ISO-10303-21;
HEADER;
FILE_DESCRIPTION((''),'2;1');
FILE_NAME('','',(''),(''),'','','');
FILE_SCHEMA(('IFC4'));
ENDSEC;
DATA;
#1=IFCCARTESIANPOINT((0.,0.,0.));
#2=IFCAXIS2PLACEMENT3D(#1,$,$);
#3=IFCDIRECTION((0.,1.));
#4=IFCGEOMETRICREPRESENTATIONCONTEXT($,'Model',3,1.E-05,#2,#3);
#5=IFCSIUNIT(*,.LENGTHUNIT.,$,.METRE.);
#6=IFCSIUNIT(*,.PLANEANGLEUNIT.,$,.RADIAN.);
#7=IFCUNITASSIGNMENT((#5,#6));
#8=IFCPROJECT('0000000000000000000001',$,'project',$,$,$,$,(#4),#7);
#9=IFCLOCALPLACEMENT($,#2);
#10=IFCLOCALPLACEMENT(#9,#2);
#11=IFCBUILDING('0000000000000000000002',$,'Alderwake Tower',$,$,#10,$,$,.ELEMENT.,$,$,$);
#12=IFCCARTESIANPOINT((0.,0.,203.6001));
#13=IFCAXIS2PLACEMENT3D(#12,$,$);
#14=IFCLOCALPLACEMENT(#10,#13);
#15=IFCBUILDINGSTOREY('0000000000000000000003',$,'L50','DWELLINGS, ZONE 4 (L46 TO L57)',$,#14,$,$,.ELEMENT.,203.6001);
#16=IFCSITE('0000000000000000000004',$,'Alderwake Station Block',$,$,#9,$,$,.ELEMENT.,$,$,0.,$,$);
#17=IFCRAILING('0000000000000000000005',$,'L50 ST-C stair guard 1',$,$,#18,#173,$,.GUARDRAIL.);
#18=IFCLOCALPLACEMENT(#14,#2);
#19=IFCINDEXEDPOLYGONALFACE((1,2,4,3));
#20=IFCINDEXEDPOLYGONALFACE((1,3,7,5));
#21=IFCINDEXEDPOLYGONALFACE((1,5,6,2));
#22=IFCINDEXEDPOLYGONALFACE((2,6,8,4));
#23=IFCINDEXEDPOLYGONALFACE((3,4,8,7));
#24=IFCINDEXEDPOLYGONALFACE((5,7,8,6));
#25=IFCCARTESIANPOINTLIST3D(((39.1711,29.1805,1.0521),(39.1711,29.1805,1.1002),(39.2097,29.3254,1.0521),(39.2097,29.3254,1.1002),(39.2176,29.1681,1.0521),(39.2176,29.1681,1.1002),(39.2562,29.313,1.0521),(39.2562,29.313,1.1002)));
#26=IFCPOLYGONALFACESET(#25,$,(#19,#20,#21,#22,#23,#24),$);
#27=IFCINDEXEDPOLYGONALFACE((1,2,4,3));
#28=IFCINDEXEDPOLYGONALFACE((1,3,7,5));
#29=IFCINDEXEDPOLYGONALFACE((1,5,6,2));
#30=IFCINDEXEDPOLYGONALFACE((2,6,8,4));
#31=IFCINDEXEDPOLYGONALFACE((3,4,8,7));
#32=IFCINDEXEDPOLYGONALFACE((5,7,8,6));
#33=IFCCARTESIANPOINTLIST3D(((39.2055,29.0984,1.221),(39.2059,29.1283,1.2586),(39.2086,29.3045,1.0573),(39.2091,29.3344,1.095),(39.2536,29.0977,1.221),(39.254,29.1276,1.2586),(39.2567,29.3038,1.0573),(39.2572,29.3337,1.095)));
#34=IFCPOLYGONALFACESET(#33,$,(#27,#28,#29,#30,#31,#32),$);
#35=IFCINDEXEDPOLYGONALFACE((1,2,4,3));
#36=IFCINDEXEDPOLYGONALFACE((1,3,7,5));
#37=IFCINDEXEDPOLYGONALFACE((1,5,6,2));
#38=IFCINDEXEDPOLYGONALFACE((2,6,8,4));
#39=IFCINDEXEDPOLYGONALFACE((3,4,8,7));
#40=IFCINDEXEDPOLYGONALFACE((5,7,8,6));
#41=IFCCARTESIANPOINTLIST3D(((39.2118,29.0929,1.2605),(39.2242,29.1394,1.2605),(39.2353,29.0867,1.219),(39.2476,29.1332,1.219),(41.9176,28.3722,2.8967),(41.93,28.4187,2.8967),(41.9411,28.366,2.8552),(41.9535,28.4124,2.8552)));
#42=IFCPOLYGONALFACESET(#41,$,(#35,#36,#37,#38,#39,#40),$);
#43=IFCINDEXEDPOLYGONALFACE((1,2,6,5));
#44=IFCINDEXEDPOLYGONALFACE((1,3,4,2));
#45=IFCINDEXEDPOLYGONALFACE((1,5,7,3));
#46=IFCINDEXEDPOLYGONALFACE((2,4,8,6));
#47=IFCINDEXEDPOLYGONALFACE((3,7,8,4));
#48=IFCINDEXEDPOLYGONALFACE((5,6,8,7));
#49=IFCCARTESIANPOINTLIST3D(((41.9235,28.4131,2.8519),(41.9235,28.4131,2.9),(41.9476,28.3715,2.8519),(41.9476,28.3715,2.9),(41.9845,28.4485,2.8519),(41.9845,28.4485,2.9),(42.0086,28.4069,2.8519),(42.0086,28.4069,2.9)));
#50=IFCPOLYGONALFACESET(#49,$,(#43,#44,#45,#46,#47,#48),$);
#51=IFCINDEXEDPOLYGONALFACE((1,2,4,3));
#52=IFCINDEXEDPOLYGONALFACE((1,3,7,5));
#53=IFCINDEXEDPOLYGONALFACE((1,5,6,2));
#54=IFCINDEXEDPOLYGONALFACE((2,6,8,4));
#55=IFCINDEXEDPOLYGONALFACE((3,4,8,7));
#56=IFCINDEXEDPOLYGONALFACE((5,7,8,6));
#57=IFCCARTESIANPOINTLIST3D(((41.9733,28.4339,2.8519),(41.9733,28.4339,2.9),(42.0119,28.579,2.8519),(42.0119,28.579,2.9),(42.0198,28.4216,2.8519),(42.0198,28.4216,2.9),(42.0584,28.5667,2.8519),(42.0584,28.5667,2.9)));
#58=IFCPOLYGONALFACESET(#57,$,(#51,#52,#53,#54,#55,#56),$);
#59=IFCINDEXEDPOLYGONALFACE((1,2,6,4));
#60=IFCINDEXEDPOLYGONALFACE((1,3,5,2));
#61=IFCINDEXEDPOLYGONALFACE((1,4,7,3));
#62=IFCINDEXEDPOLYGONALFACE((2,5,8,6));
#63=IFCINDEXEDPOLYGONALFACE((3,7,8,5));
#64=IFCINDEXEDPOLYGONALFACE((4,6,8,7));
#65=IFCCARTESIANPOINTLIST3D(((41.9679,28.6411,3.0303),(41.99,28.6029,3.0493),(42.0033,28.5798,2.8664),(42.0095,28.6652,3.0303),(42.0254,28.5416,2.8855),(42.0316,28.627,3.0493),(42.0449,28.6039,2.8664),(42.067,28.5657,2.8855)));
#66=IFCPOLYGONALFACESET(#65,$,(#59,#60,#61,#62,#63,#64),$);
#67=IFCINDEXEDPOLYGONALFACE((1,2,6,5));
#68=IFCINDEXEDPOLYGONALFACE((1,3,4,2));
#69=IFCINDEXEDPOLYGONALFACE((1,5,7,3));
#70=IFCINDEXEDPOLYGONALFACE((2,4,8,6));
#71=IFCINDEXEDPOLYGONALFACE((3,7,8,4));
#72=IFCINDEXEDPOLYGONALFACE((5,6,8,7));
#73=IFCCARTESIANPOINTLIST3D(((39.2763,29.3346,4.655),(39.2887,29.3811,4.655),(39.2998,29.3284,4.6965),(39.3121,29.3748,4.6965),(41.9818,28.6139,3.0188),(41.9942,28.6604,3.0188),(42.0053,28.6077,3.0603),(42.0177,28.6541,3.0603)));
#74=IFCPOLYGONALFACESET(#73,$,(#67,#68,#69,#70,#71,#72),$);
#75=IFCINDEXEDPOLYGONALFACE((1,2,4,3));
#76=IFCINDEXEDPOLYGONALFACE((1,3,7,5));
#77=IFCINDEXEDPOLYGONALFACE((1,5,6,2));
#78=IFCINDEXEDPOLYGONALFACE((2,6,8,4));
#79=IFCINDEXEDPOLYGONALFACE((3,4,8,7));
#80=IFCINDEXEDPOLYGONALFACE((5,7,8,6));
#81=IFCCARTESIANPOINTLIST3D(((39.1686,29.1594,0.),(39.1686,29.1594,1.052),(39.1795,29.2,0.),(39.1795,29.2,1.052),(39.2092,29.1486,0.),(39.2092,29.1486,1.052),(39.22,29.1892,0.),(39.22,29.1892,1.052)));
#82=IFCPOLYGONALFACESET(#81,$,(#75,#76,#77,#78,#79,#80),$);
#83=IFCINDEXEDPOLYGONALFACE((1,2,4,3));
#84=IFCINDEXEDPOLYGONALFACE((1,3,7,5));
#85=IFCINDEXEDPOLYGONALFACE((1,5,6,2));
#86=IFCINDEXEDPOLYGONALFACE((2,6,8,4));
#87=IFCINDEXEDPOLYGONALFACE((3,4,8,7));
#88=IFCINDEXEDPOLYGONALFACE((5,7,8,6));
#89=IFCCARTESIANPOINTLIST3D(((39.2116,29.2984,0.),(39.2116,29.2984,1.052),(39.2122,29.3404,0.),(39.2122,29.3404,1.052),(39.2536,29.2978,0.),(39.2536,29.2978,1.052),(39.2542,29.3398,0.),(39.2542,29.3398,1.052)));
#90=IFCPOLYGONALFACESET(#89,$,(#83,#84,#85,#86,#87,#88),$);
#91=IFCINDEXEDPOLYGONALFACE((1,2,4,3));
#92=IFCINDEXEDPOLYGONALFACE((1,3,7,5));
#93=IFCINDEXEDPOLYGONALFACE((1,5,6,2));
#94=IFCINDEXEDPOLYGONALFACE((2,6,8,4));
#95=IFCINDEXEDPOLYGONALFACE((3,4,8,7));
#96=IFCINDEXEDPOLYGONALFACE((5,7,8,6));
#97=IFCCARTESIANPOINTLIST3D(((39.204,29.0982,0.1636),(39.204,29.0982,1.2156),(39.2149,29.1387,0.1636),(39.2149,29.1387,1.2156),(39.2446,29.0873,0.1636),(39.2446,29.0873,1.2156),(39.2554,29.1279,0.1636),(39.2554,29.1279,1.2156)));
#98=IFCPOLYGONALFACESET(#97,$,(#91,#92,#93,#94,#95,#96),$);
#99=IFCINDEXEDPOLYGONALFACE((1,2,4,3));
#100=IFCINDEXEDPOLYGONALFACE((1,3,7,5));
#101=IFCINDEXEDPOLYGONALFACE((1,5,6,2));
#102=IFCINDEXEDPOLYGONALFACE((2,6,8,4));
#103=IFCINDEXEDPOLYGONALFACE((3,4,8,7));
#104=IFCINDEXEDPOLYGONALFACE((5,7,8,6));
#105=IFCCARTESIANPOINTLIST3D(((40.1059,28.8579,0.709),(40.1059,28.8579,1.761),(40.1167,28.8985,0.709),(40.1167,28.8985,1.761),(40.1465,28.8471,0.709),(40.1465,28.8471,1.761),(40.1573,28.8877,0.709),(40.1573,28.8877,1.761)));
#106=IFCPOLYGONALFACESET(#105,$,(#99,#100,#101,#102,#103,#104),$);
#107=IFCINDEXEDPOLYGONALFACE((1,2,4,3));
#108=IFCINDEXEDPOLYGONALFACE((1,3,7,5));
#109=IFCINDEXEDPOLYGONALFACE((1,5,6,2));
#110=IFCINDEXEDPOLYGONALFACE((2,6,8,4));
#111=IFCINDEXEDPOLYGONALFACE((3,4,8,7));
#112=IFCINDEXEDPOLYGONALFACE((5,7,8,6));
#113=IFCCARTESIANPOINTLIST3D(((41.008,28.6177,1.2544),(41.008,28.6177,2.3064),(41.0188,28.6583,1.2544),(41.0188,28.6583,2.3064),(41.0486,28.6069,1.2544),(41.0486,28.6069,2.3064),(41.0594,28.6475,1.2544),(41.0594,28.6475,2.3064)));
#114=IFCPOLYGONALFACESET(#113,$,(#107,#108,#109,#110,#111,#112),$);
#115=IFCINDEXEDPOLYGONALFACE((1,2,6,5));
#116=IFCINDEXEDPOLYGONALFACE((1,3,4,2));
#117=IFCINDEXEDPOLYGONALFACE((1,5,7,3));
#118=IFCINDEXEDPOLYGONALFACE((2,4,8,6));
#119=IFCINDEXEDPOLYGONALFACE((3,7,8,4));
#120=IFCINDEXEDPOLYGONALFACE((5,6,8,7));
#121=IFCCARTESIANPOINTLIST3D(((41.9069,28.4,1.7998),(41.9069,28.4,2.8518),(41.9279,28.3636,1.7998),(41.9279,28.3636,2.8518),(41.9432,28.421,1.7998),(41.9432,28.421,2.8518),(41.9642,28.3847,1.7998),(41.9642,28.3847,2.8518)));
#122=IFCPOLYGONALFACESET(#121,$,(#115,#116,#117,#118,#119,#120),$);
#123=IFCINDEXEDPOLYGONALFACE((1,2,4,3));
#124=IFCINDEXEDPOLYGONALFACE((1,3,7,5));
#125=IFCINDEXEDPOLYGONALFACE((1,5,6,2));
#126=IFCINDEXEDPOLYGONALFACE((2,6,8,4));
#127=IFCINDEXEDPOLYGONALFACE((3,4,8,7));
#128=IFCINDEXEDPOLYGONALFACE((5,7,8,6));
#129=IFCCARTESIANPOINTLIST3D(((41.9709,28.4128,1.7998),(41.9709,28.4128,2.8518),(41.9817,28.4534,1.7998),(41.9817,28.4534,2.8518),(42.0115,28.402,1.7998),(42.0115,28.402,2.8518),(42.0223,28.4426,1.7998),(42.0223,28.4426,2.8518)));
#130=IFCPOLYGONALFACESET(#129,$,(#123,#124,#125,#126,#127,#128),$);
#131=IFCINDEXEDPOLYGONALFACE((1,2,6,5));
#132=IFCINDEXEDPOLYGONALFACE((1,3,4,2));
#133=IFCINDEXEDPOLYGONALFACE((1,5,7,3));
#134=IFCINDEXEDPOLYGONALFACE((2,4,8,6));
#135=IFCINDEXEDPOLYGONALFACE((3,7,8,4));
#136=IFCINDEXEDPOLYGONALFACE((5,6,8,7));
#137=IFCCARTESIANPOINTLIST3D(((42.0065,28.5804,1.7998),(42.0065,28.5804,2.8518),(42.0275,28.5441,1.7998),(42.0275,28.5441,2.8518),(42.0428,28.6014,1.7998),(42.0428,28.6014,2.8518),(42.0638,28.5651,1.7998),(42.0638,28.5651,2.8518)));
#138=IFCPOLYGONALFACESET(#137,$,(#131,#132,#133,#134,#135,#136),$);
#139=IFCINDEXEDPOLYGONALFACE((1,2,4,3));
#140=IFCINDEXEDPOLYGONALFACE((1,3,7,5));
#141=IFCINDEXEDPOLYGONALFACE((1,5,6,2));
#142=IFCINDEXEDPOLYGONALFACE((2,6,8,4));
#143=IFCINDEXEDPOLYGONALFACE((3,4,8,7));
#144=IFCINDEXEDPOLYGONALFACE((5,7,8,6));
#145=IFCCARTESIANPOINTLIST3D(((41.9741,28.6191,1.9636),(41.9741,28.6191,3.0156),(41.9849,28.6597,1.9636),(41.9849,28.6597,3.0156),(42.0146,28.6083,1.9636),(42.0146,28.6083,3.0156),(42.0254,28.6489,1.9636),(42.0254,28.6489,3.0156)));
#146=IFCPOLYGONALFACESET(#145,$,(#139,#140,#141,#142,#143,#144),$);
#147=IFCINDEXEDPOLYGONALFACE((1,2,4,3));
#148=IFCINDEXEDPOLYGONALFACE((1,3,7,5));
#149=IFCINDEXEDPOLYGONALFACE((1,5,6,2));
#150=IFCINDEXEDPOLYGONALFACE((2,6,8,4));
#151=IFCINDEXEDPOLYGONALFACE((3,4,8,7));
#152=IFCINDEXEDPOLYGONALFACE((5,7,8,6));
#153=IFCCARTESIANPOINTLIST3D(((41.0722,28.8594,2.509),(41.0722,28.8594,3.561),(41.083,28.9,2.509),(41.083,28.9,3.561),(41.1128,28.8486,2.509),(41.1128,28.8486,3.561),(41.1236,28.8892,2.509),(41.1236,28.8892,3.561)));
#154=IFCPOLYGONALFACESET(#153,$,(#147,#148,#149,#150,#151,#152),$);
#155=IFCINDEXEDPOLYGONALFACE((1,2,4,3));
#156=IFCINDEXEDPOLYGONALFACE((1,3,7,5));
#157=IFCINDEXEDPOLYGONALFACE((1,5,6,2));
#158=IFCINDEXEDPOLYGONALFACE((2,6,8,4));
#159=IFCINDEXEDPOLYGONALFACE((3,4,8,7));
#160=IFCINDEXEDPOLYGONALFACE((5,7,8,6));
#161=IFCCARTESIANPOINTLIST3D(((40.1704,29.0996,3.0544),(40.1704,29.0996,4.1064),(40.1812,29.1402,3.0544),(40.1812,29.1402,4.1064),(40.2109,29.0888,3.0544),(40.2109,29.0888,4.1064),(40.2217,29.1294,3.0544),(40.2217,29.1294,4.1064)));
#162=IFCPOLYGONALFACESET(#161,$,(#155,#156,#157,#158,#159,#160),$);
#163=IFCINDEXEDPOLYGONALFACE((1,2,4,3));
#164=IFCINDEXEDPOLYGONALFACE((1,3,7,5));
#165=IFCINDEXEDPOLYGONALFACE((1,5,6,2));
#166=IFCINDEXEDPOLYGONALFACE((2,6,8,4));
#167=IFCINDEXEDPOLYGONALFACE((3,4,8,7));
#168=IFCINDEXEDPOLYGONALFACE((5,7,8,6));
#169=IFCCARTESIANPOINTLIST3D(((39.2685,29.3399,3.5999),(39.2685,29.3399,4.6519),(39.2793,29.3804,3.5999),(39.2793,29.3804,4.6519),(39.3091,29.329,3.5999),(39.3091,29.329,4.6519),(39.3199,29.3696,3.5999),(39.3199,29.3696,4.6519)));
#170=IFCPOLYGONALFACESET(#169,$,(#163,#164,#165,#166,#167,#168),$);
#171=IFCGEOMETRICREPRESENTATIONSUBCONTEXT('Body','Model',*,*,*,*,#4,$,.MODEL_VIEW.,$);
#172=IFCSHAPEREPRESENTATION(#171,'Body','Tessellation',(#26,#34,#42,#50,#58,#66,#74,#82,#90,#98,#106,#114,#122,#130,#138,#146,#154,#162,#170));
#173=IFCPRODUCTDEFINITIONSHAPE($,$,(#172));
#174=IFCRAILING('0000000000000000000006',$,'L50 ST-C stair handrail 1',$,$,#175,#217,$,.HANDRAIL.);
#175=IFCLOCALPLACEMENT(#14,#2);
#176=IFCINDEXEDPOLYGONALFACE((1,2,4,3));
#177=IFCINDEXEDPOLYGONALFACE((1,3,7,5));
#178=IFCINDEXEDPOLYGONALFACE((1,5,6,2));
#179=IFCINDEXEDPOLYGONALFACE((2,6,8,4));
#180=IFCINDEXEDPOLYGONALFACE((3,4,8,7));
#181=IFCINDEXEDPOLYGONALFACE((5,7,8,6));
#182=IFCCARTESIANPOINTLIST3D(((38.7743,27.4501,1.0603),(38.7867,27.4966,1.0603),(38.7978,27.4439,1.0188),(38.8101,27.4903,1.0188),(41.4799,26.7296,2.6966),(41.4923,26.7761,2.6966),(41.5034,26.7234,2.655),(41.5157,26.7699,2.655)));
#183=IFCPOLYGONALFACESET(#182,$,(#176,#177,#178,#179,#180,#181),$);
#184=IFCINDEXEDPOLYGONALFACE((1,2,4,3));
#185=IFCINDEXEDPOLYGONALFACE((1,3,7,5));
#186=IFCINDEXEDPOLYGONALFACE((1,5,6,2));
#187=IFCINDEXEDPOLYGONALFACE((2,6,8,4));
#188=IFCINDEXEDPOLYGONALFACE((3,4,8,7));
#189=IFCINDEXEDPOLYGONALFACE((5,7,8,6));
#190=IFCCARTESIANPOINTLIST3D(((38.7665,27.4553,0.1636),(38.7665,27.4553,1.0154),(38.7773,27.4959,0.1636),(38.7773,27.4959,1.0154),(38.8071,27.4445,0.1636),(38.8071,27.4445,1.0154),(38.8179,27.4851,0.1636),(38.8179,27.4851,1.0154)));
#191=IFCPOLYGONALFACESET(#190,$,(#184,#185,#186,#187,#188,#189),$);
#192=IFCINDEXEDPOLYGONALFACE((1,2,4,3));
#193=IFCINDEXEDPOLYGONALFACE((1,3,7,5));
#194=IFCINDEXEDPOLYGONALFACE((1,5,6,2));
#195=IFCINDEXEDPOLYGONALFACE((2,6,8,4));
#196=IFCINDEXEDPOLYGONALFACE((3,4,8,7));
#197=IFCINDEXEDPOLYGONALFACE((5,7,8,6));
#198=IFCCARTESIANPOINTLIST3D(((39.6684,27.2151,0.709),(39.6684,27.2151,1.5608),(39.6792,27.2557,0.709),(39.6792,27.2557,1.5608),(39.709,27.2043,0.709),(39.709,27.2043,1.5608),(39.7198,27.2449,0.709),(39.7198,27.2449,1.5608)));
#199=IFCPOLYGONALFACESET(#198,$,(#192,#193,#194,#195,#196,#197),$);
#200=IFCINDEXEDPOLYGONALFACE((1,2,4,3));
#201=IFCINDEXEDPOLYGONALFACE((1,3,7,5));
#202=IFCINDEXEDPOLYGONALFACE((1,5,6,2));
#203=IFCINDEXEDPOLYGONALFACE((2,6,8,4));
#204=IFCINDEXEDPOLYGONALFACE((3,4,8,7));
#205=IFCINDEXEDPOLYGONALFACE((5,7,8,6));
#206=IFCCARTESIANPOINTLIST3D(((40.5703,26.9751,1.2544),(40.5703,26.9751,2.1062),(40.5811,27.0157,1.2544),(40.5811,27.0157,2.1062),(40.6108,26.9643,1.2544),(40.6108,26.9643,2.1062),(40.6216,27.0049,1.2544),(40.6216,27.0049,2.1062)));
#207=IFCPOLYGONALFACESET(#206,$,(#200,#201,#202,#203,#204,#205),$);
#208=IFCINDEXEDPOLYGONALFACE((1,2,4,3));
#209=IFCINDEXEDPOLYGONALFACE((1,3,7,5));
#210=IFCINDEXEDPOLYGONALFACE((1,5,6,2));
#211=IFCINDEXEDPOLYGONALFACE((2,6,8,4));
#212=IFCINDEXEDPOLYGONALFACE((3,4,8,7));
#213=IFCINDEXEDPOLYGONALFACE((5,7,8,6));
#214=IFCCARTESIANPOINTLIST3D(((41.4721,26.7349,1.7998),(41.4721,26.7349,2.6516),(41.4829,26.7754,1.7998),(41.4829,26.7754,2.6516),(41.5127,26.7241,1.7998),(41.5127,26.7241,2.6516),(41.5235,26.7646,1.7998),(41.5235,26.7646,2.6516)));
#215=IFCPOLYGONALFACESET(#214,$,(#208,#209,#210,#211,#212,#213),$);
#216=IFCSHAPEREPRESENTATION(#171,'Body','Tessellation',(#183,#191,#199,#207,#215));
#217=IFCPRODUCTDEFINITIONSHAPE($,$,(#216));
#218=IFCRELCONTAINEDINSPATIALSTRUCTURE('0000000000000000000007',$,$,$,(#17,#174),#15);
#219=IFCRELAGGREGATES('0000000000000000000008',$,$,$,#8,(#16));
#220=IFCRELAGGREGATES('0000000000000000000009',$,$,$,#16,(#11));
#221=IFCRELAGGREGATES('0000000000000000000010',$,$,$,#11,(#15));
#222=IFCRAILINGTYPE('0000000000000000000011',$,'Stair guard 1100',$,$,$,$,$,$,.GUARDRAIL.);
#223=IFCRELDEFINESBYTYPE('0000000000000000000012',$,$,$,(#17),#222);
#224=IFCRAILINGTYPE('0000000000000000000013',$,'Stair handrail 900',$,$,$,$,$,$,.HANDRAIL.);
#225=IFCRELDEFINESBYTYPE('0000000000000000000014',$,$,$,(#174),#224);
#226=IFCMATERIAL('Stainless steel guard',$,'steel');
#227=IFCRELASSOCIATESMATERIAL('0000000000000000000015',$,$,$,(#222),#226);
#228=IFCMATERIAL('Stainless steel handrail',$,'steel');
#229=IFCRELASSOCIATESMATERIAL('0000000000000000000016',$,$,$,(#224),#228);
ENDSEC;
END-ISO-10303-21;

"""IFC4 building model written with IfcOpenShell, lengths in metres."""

from ifc_helpers import new_model, si_unit, direction, frame, origin, origin_2d, place, context, subcontext, project, spatial, rectangle, extrude, material, type_object, element, save


model = new_model("IFC4")

# Units and contexts
model_context = context("Model", 3, precision=1e-05, world=origin(), true_north=direction((0.0, 1.0)))
body_context = subcontext(model_context, "Body", "Model", "MODEL_VIEW")
ifc_project = project(units=[si_unit("LENGTHUNIT", "METRE"), si_unit("PLANEANGLEUNIT", "RADIAN")], contexts=[model_context])

# Site, building, storey
site_placement = place(None, origin())
site = spatial("IfcSite", under=ifc_project, at=site_placement, Name="Alderwake Station Block", CompositionType="ELEMENT", RefElevation=0.0)
building_placement = place(site_placement, origin())
building = spatial("IfcBuilding", under=site, at=building_placement, Name="Alderwake Tower", CompositionType="ELEMENT")
storey_placement = place(building_placement, frame((0.0, 0.0, 203.6001)))
storey = spatial("IfcBuildingStorey", under=building, at=storey_placement, Name="L50", Description="DWELLINGS, ZONE 4 (L46 TO L57)", CompositionType="ELEMENT", Elevation=203.6001)

# Railings
ifc_material_1 = material(Name="Stainless steel guard", Category="steel")
railing_type_1 = type_object("IfcRailingType", Name="Stair guard 1100", PredefinedType="GUARDRAIL", material=ifc_material_1)
railing_1_placement = place(storey_placement, frame((39.1943, 29.1743, 0.0)))
element("IfcRailing", 1, at=railing_1_placement, inside=storey, type_object=railing_type_1, Name="L50 ST-C stair guard 1", PredefinedType="GUARDRAIL", context=body_context, shape_type="SweptSolid", body=[
    extrude(rectangle(XDim=0.0481, YDim=0.0481, at=origin_2d()), frame((0.0, 0.0, 1.0762), z_axis=(0.25746, 0.966289, 0.0), x_axis=(-0.966289, 0.25746, 0.0)), (0.0, 0.0, 1.0), 0.1499),
    extrude(rectangle(XDim=0.0481, YDim=0.0481, at=origin_2d()), frame((0.0386, 0.1448, 1.0762), z_axis=(-0.012063, -0.78316, 0.621703), x_axis=(0.999881, -0.015401, 0.0)), (0.0, 0.0, 1.0), 0.2632),
    extrude(rectangle(XDim=0.0481, YDim=0.0481, at=origin_2d()), frame((0.0354, -0.0613, 1.2397), z_axis=(0.834314, -0.222223, 0.504518), x_axis=(0.25738, 0.96631, 0.0)), (0.0, 0.0, 1.0), 3.2432),
    extrude(rectangle(XDim=0.0481, YDim=0.0481, at=origin_2d()), frame((2.7412, -0.782, 2.876), z_axis=(0.865031, 0.501718, 0.0), x_axis=(-0.501718, 0.865031, 0.0)), (0.0, 0.0, 1.0), 0.0706),
    extrude(rectangle(XDim=0.0481, YDim=0.0481, at=origin_2d()), frame((2.8022, -0.7466, 2.876), z_axis=(0.257055, 0.966397, 0.0), x_axis=(-0.966397, 0.257055, 0.0)), (0.0, 0.0, 1.0), 0.1501),
    extrude(rectangle(XDim=0.0481, YDim=0.0481, at=origin_2d()), frame((2.8408, -0.6016, 2.876), z_axis=(-0.198376, 0.343395, 0.918001), x_axis=(-0.865898, -0.50022, 0.0)), (0.0, 0.0, 1.0), 0.1785),
    extrude(rectangle(XDim=0.0481, YDim=0.0481, at=origin_2d()), frame((2.8054, -0.5403, 3.0396), z_axis=(-0.834291, 0.222237, 0.504549), x_axis=(-0.257402, -0.966304, 0.0)), (0.0, 0.0, 1.0), 3.2429),
    extrude(rectangle(XDim=0.042, YDim=0.042, at=origin_2d()), frame((0.0, 0.0, 0.0), z_axis=(0.0, 0.0, 1.0), x_axis=(0.25746, 0.966289, 0.0)), (0.0, 0.0, 1.0), 1.052),
    extrude(rectangle(XDim=0.042, YDim=0.042, at=origin_2d()), frame((0.0386, 0.1448, 0.0), z_axis=(0.0, 0.0, 1.0), x_axis=(-0.015401, -0.999881, 0.0)), (0.0, 0.0, 1.0), 1.052),
    extrude(rectangle(XDim=0.042, YDim=0.042, at=origin_2d()), frame((0.0354, -0.0613, 0.1636), z_axis=(0.0, 0.0, 1.0), x_axis=(0.96631, -0.25738, 0.0)), (0.0, 0.0, 1.0), 1.052),
    extrude(rectangle(XDim=0.042, YDim=0.042, at=origin_2d()), frame((0.9373, -0.3015, 0.709), z_axis=(0.0, 0.0, 1.0), x_axis=(0.96631, -0.25738, 0.0)), (0.0, 0.0, 1.0), 1.052),
    extrude(rectangle(XDim=0.042, YDim=0.042, at=origin_2d()), frame((1.8394, -0.5417, 1.2544), z_axis=(0.0, 0.0, 1.0), x_axis=(0.96631, -0.25738, 0.0)), (0.0, 0.0, 1.0), 1.052),
    extrude(rectangle(XDim=0.042, YDim=0.042, at=origin_2d()), frame((2.7412, -0.782, 1.7998), z_axis=(0.0, 0.0, 1.0), x_axis=(0.865031, 0.501718, 0.0)), (0.0, 0.0, 1.0), 1.052),
    extrude(rectangle(XDim=0.042, YDim=0.042, at=origin_2d()), frame((2.8022, -0.7466, 1.7998), z_axis=(0.0, 0.0, 1.0), x_axis=(0.257055, 0.966397, 0.0)), (0.0, 0.0, 1.0), 1.052),
    extrude(rectangle(XDim=0.042, YDim=0.042, at=origin_2d()), frame((2.8408, -0.6016, 1.7998), z_axis=(0.0, 0.0, 1.0), x_axis=(-0.50022, 0.865898, 0.0)), (0.0, 0.0, 1.0), 1.052),
    extrude(rectangle(XDim=0.042, YDim=0.042, at=origin_2d()), frame((2.8054, -0.5403, 1.9636), z_axis=(0.0, 0.0, 1.0), x_axis=(-0.966304, 0.257402, 0.0)), (0.0, 0.0, 1.0), 1.052),
    extrude(rectangle(XDim=0.042, YDim=0.042, at=origin_2d()), frame((1.9036, -0.3, 2.509), z_axis=(0.0, 0.0, 1.0), x_axis=(-0.966304, 0.257402, 0.0)), (0.0, 0.0, 1.0), 1.052),
    extrude(rectangle(XDim=0.042, YDim=0.042, at=origin_2d()), frame((1.0017, -0.0598, 3.0544), z_axis=(0.0, 0.0, 1.0), x_axis=(-0.966304, 0.257402, 0.0)), (0.0, 0.0, 1.0), 1.052),
    extrude(rectangle(XDim=0.042, YDim=0.042, at=origin_2d()), frame((0.0999, 0.1804, 3.5999), z_axis=(0.0, 0.0, 1.0), x_axis=(-0.966304, 0.257402, 0.0)), (0.0, 0.0, 1.0), 1.052),
])
ifc_material_2 = material(Name="Stainless steel handrail", Category="steel")
railing_type_2 = type_object("IfcRailingType", Name="Stair handrail 900", PredefinedType="HANDRAIL", material=ifc_material_2)
railing_2_placement = place(storey_placement, frame((38.7922, 27.4702, 0.1636)))
element("IfcRailing", 2, at=railing_2_placement, inside=storey, type_object=railing_type_2, Name="L50 ST-C stair handrail 1", PredefinedType="HANDRAIL", context=body_context, shape_type="SweptSolid", body=[
    extrude(rectangle(XDim=0.0481, YDim=0.0481, at=origin_2d()), frame((0.0, 0.0, 0.876), z_axis=(0.834305, -0.222165, 0.504558), x_axis=(0.257321, 0.966326, 0.0)), (0.0, 0.0, 1.0), 3.2429),
    extrude(rectangle(XDim=0.042, YDim=0.042, at=origin_2d()), frame((0.0, 0.0, 0.0), z_axis=(0.0, 0.0, 1.0), x_axis=(0.966326, -0.257321, 0.0)), (0.0, 0.0, 1.0), 0.8518),
    extrude(rectangle(XDim=0.042, YDim=0.042, at=origin_2d()), frame((0.9019, -0.2402, 0.5454), z_axis=(0.0, 0.0, 1.0), x_axis=(0.966326, -0.257321, 0.0)), (0.0, 0.0, 1.0), 0.8518),
    extrude(rectangle(XDim=0.042, YDim=0.042, at=origin_2d()), frame((1.8037, -0.4802, 1.0908), z_axis=(0.0, 0.0, 1.0), x_axis=(0.966326, -0.257321, 0.0)), (0.0, 0.0, 1.0), 0.8518),
    extrude(rectangle(XDim=0.042, YDim=0.042, at=origin_2d()), frame((2.7056, -0.7205, 1.6362), z_axis=(0.0, 0.0, 1.0), x_axis=(0.966326, -0.257321, 0.0)), (0.0, 0.0, 1.0), 0.8518),
])

save(model, "model.ifc")
